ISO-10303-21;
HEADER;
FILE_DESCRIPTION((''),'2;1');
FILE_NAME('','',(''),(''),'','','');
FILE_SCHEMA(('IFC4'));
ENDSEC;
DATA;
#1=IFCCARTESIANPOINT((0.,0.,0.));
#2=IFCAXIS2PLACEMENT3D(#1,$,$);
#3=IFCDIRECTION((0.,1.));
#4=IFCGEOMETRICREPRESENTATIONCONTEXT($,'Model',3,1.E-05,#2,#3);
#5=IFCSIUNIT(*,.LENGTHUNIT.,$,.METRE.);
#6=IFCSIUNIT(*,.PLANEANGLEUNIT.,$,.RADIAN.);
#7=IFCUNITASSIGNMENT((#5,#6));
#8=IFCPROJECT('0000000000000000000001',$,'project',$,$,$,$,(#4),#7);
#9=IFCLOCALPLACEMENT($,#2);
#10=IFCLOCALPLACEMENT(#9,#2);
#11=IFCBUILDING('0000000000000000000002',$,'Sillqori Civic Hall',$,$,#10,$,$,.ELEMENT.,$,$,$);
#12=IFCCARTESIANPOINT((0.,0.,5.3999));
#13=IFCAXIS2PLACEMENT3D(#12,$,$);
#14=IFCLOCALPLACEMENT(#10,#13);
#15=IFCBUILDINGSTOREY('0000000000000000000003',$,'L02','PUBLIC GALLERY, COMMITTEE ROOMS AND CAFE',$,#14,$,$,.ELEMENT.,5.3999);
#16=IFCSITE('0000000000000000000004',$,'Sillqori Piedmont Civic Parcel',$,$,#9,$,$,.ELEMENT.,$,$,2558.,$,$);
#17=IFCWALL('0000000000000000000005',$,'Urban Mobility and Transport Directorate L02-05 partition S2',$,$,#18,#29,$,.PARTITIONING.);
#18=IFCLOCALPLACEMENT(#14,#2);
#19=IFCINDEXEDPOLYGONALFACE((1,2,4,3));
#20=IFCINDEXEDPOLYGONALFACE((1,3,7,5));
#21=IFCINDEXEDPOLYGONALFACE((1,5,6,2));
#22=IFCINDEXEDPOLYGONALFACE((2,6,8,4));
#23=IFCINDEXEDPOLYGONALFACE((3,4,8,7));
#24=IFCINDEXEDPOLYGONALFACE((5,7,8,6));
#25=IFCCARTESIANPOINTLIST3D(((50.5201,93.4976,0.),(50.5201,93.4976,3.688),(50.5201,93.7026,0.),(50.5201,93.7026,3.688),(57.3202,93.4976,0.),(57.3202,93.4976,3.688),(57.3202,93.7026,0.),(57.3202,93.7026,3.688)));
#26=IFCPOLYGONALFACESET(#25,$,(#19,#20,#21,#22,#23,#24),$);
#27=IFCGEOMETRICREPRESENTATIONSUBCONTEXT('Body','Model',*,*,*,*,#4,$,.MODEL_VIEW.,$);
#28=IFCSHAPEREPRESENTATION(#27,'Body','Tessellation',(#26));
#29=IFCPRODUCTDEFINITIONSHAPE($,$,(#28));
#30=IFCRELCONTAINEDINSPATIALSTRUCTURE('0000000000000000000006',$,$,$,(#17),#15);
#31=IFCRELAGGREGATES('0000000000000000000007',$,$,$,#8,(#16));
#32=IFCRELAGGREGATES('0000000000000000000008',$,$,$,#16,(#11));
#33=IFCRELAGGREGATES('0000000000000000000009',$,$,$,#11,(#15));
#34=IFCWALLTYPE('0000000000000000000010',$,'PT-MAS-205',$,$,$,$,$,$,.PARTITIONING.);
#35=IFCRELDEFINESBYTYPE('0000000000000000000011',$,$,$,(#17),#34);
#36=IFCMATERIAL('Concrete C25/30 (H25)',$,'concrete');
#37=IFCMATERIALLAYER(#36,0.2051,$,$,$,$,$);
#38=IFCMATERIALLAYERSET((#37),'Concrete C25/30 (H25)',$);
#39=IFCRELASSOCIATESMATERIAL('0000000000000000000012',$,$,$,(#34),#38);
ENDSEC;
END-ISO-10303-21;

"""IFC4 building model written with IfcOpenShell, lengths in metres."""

from ifc_helpers import new_model, si_unit, direction, frame, frame_2d, origin, place, context, subcontext, project, spatial, rectangle, extrude, material, layer, layer_set, type_object, element, save


model = new_model("IFC4")

# Units and contexts
model_context = context("Model", 3, precision=1e-05, world=origin(), true_north=direction((0.0, 1.0)))
body_context = subcontext(model_context, "Body", "Model", "MODEL_VIEW")
ifc_project = project(units=[si_unit("LENGTHUNIT", "METRE"), si_unit("PLANEANGLEUNIT", "RADIAN")], contexts=[model_context])

# Site, building, storey
site_placement = place(None, origin())
site = spatial("IfcSite", under=ifc_project, at=site_placement, Name="Sillqori Piedmont Civic Parcel", CompositionType="ELEMENT", RefElevation=2558.0)
building_placement = place(site_placement, origin())
building = spatial("IfcBuilding", under=site, at=building_placement, Name="Sillqori Civic Hall", CompositionType="ELEMENT")
storey_placement = place(building_placement, frame((0.0, 0.0, 5.3999)))
storey = spatial("IfcBuildingStorey", under=building, at=storey_placement, Name="L02", Description="PUBLIC GALLERY, COMMITTEE ROOMS AND CAFE", CompositionType="ELEMENT", Elevation=5.3999)

# Wall
ifc_material_1 = material(Name="Concrete C25/30 (H25)", Category="concrete")
ifc_layer_1 = layer(ifc_material_1, 0.2051)
ifc_layer_set_1 = layer_set([ifc_layer_1], Name="Concrete C25/30 (H25)")
wall_type_1 = type_object("IfcWallType", Name="PT-MAS-205", PredefinedType="PARTITIONING", material=ifc_layer_set_1)
wall_1_placement = place(storey_placement, frame((57.3201, 93.6001, 0.0), z_axis=(0.0, 0.0, 1.0), x_axis=(-1.0, 0.0, 0.0)))
element("IfcWall", 1, at=wall_1_placement, inside=storey, type_object=wall_type_1, Name="Urban Mobility and Transport Directorate L02-05 partition S2", PredefinedType="PARTITIONING", context=body_context, shape_type="SweptSolid", body=[
    extrude(rectangle(XDim=6.8, YDim=0.2051, at=frame_2d((3.3999, 0.0))), origin(), (0.0, 0.0, 1.0), 3.688),
])

save(model, "model.ifc")
